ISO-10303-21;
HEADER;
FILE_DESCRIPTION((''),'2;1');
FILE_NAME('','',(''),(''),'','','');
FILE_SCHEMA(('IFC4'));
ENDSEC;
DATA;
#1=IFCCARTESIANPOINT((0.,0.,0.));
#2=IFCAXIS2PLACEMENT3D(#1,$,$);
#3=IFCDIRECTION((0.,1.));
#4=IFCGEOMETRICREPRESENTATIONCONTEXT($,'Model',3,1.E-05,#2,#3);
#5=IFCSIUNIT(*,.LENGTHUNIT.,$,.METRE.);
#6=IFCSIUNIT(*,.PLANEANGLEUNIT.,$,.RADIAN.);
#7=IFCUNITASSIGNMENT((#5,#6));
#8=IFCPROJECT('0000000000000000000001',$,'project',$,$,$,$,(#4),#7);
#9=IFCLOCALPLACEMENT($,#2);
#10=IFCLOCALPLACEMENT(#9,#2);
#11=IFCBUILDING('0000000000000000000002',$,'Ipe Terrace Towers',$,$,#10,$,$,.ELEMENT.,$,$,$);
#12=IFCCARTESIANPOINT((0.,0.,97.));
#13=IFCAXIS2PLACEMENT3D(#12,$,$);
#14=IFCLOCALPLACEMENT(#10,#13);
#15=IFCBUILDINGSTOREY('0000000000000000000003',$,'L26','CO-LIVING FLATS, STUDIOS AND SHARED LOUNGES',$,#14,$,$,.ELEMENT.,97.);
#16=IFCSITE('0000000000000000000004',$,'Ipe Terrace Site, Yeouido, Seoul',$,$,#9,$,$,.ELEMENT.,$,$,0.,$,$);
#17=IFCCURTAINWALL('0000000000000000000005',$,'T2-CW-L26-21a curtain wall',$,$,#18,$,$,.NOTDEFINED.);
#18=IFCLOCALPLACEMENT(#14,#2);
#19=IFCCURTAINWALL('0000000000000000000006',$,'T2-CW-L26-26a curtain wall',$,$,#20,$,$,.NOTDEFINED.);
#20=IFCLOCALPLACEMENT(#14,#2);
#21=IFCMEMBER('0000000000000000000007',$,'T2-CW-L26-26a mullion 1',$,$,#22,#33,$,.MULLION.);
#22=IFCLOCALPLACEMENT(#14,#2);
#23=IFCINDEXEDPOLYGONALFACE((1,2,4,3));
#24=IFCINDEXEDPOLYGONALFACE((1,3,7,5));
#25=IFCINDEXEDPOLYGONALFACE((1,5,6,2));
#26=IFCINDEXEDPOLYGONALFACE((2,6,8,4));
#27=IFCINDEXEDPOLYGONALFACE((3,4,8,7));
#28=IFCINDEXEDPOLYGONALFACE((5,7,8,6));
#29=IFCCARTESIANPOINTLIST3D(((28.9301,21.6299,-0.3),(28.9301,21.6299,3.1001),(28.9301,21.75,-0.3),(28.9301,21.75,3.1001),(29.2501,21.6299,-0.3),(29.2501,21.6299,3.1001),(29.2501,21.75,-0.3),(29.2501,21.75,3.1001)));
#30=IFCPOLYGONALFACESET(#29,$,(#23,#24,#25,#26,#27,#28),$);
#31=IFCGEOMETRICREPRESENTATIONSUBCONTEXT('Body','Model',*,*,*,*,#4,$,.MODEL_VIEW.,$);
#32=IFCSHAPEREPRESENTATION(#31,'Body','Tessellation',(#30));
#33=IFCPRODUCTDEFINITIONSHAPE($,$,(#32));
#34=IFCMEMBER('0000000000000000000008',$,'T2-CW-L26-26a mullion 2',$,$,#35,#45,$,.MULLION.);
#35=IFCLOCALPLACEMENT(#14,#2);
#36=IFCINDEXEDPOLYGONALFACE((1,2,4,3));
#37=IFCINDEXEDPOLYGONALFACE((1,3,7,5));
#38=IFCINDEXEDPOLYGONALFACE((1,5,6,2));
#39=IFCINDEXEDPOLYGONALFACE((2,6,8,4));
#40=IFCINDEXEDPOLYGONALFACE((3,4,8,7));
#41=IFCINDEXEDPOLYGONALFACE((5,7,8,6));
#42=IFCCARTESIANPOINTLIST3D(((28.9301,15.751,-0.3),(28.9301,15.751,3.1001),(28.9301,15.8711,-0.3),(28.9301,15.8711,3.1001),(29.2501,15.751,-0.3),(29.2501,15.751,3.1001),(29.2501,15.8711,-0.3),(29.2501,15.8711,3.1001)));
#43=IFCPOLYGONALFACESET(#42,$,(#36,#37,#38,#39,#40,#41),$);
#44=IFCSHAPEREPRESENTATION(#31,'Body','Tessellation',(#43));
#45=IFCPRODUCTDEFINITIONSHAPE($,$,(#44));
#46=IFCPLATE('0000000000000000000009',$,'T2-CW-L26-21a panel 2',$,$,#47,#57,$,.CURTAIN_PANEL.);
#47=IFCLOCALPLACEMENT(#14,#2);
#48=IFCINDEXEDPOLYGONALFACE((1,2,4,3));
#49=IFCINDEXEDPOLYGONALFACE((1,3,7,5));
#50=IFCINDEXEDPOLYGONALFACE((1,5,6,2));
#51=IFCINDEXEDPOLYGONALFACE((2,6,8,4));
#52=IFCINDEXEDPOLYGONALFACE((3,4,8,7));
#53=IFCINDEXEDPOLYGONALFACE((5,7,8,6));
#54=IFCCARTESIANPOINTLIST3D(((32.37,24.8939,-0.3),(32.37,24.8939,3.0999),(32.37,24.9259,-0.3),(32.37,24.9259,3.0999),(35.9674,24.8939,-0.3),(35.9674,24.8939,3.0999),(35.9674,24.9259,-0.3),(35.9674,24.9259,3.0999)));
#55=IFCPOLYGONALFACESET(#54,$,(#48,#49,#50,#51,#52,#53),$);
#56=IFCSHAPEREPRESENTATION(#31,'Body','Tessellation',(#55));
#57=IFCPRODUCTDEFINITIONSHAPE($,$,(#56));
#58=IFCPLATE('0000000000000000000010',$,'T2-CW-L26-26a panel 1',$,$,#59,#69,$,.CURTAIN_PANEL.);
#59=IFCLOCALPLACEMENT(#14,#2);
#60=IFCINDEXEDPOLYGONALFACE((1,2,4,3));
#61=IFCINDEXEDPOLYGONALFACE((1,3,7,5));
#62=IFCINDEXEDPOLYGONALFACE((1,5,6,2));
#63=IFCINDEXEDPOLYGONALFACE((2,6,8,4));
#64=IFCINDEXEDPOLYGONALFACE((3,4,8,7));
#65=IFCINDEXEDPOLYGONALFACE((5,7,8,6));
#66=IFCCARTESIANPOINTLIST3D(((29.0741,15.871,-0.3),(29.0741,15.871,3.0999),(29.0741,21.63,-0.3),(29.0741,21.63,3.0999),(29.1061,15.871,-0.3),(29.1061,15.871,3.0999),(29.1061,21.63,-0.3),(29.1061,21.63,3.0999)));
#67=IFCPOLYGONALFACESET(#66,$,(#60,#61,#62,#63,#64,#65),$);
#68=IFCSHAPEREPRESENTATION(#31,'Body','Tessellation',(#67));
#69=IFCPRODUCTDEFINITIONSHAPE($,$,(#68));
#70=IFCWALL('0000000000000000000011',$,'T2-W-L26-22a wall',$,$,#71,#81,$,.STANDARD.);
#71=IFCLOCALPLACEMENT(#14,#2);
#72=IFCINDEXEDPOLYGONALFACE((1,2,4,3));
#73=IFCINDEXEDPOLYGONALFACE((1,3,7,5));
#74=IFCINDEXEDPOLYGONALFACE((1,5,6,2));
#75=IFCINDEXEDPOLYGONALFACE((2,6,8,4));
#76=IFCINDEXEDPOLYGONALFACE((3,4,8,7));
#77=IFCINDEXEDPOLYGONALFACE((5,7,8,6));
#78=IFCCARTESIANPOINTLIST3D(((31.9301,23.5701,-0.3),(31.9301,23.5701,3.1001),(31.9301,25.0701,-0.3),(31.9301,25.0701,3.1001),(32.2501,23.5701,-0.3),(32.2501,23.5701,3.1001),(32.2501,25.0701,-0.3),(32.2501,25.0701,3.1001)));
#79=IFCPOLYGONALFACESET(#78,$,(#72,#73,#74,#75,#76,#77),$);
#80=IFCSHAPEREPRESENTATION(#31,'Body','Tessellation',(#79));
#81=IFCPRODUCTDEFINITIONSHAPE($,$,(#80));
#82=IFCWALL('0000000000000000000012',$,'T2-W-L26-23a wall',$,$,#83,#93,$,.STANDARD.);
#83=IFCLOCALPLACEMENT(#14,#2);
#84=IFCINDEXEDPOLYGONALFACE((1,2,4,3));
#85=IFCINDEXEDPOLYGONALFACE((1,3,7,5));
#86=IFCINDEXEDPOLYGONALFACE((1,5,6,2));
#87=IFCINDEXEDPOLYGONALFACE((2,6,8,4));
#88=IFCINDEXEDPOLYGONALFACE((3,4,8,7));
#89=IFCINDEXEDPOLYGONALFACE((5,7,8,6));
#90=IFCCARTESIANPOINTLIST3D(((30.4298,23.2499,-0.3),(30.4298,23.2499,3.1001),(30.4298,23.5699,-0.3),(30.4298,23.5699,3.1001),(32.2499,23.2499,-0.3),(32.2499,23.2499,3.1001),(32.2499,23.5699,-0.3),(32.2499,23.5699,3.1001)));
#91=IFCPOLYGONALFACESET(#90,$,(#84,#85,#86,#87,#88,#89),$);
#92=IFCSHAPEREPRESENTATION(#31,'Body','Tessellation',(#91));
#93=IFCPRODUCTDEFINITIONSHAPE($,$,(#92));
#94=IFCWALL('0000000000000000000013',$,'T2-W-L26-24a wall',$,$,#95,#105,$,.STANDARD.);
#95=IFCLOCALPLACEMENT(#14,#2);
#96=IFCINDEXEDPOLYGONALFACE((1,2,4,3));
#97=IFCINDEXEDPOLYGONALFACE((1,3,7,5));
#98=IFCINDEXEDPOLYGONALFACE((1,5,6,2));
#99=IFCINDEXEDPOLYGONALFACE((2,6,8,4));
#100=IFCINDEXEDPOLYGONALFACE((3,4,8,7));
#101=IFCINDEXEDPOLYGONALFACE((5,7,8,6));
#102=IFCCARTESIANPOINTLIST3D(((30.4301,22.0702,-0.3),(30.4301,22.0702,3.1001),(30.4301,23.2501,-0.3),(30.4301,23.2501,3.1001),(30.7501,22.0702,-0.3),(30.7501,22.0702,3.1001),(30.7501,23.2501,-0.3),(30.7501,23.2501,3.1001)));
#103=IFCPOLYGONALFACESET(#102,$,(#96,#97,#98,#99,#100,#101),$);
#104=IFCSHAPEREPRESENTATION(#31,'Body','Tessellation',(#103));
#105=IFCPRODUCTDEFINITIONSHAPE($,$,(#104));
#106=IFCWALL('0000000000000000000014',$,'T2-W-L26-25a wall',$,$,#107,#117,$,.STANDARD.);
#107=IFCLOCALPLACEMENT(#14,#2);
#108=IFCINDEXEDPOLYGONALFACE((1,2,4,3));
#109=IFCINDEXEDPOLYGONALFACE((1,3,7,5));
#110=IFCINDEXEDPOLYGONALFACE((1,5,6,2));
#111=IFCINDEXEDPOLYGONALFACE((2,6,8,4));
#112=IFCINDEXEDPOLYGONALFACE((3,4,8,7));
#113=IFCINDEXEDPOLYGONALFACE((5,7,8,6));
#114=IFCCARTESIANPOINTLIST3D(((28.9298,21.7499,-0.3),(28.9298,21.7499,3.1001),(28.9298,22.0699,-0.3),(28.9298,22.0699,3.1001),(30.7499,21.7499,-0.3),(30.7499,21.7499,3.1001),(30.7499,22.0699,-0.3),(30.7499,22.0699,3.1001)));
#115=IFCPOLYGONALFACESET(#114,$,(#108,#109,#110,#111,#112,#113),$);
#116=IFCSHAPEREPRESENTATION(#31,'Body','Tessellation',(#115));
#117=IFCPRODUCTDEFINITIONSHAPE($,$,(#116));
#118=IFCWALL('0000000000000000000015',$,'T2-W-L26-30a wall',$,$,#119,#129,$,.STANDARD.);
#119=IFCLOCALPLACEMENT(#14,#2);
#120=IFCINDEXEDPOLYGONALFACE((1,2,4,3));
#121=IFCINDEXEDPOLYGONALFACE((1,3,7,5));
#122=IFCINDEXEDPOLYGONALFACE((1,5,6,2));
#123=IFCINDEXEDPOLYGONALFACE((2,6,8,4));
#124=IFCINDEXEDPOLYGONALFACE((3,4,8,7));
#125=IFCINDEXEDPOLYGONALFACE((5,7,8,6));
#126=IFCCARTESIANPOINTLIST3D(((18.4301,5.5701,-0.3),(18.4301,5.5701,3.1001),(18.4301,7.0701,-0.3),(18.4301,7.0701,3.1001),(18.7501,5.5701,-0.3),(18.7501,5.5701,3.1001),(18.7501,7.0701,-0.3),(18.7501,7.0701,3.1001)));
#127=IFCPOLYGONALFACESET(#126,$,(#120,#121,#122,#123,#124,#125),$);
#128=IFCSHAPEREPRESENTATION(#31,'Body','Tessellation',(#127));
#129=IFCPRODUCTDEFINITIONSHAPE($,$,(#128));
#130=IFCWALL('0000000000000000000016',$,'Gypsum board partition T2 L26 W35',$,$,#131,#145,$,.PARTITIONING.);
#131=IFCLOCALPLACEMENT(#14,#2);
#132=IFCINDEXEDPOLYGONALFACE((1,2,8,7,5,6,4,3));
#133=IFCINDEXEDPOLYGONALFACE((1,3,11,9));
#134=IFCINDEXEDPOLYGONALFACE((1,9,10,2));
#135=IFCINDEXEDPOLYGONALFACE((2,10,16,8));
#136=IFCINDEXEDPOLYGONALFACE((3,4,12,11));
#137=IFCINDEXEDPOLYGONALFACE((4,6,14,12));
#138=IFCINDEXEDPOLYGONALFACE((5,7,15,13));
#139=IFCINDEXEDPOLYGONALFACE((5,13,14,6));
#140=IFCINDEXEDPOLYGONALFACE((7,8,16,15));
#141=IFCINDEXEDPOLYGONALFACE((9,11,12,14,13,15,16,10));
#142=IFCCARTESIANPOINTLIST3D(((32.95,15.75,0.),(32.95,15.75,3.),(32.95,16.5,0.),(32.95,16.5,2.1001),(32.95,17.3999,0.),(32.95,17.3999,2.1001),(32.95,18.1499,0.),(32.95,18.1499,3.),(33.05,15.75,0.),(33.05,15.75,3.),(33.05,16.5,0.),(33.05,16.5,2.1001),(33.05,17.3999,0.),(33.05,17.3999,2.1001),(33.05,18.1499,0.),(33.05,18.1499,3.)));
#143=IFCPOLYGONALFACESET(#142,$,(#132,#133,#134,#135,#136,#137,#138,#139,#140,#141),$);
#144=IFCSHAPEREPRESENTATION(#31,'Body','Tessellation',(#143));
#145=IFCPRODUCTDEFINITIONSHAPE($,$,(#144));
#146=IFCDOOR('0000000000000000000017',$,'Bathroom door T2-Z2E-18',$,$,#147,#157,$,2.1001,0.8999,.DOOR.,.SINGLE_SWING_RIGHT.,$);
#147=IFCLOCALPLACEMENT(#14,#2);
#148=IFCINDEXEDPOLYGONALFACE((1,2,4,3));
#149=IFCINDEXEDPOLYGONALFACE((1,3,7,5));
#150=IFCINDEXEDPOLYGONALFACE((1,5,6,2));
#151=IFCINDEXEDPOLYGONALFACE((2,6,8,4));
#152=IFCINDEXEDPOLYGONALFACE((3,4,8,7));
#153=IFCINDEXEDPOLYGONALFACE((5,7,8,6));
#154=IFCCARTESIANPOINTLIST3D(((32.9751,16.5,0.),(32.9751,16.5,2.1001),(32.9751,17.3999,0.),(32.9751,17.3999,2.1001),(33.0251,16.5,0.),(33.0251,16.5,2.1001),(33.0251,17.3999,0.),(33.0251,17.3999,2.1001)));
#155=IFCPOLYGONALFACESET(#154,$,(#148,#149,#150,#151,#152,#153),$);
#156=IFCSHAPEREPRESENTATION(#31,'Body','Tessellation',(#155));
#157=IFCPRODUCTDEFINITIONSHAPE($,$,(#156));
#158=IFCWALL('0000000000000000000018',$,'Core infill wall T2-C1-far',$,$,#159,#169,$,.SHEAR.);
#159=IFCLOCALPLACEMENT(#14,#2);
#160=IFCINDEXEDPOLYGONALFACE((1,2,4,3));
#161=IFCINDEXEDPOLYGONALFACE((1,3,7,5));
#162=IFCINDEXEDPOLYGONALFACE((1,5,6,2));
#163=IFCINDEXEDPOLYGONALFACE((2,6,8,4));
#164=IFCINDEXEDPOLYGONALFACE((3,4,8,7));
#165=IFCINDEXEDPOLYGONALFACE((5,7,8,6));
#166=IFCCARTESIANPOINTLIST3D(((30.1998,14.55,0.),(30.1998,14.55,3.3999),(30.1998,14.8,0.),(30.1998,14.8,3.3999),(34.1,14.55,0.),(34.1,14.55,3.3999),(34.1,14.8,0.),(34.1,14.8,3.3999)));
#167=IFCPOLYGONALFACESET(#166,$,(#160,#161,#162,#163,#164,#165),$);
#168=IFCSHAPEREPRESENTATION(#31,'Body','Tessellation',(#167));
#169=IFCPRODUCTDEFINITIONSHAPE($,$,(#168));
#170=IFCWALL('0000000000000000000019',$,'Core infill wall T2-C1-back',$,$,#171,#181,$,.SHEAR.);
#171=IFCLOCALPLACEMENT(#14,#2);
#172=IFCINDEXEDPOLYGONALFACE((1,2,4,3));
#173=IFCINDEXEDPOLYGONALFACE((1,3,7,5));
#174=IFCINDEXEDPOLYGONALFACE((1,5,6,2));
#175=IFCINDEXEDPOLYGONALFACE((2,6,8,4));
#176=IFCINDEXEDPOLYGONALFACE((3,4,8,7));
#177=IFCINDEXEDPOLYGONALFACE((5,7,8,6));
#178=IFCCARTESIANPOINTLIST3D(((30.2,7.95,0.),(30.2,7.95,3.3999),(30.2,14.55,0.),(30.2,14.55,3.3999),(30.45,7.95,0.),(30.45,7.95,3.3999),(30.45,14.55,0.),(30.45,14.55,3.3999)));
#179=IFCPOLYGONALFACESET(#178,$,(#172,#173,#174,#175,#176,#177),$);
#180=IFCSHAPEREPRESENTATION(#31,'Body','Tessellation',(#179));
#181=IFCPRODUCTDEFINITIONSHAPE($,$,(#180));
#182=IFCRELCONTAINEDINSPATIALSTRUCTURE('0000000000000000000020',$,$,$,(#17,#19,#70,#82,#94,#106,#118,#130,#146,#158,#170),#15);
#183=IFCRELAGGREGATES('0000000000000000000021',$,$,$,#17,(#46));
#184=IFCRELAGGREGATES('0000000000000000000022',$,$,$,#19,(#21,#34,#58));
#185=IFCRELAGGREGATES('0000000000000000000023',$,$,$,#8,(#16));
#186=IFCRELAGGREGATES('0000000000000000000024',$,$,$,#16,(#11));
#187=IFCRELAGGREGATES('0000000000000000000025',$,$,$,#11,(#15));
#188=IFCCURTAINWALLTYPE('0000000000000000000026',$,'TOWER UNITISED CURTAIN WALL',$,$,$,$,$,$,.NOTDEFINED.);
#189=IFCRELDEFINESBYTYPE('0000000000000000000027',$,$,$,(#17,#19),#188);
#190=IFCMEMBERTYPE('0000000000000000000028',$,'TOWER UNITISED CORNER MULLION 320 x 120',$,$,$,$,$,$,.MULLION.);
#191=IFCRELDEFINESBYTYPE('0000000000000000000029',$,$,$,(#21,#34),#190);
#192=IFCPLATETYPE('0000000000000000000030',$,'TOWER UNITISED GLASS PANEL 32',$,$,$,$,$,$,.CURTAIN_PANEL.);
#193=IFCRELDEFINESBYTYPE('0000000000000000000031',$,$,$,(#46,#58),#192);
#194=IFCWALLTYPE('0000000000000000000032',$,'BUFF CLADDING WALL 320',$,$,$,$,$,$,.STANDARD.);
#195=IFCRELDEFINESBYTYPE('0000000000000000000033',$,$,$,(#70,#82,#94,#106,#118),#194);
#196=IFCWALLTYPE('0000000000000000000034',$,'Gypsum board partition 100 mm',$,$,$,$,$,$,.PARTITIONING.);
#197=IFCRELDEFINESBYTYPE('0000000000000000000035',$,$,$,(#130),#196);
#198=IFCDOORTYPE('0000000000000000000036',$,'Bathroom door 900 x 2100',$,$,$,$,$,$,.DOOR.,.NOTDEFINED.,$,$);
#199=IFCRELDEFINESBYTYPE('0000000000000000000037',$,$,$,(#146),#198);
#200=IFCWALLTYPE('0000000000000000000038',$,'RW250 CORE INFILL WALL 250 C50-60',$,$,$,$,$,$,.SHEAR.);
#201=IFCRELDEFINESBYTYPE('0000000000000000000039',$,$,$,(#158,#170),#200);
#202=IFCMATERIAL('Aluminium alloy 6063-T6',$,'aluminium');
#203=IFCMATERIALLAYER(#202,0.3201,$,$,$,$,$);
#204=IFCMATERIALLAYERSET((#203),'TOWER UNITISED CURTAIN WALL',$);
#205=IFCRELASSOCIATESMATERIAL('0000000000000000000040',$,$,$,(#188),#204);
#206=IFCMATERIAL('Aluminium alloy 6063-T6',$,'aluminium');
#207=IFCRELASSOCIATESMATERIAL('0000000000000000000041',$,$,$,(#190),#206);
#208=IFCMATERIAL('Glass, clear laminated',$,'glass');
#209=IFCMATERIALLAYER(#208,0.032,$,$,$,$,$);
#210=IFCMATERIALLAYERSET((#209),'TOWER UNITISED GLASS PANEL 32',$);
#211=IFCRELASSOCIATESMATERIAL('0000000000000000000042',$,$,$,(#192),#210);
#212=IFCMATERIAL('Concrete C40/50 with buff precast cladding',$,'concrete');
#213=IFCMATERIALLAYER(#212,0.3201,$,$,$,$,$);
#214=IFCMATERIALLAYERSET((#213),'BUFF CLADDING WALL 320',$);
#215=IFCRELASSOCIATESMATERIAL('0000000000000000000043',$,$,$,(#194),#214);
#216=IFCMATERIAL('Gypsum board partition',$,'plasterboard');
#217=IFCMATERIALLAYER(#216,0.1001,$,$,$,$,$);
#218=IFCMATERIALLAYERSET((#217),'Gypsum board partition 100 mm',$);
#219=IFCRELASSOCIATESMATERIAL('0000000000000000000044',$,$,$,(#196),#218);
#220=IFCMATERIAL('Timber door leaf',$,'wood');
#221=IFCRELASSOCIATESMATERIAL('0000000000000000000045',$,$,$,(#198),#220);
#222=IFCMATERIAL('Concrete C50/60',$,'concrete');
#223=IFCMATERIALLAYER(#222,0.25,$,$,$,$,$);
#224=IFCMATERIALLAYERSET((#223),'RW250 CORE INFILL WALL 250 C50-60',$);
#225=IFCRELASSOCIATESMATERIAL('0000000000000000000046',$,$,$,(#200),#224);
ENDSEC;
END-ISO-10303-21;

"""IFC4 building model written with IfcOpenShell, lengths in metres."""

from ifc_helpers import new_model, si_unit, direction, frame, frame_2d, origin, origin_2d, place, context, subcontext, project, spatial, rectangle, extrude, material, layer, layer_set, material_profile, profile_set, type_object, element, fill, aggregate, save


model = new_model("IFC4")

# Units and contexts
model_context = context("Model", 3, precision=1e-05, world=origin(), true_north=direction((0.0, 1.0)))
body_context = subcontext(model_context, "Body", "Model", "MODEL_VIEW")
ifc_project = project(units=[si_unit("LENGTHUNIT", "METRE"), si_unit("PLANEANGLEUNIT", "RADIAN")], contexts=[model_context])

# Site, building, storey
site_placement = place(None, origin())
site = spatial("IfcSite", under=ifc_project, at=site_placement, Name="Ipe Terrace Site, Yeouido, Seoul", CompositionType="ELEMENT", RefElevation=0.0)
building_placement = place(site_placement, origin())
building = spatial("IfcBuilding", under=site, at=building_placement, Name="Ipe Terrace Towers", CompositionType="ELEMENT")
storey_placement = place(building_placement, frame((0.0, 0.0, 97.0)))
storey = spatial("IfcBuildingStorey", under=building, at=storey_placement, Name="L26", Description="CO-LIVING FLATS, STUDIOS AND SHARED LOUNGES", CompositionType="ELEMENT", Elevation=97.0)

# Curtain wall
ifc_material_1 = material(Name="Aluminium alloy 6063-T6", Category="aluminium")
ifc_layer_1 = layer(ifc_material_1, 0.3201)
ifc_layer_set_1 = layer_set([ifc_layer_1], Name="TOWER UNITISED CURTAIN WALL")
curtain_wall_type = type_object("IfcCurtainWallType", Name="TOWER UNITISED CURTAIN WALL", PredefinedType="NOTDEFINED", material=ifc_layer_set_1)
curtain_wall_1_placement = place(storey_placement, origin())
curtain_wall_1 = element("IfcCurtainWall", 1, at=curtain_wall_1_placement, inside=storey, type_object=curtain_wall_type, Name="T2-CW-L26-21a curtain wall", PredefinedType="NOTDEFINED")
ifc_material_2 = material(Name="Aluminium alloy 6063-T6", Category="aluminium")
ifc_material_profile_1 = material_profile(ifc_material_2, rectangle(XDim=0.3201, YDim=0.1201, at=origin_2d()), Name="TOWER UNITISED CORNER MULLION 320 x 120")
ifc_profile_set_1 = profile_set([ifc_material_profile_1], Name="Aluminium alloy 6063-T6")
member_type = type_object("IfcMemberType", Name="TOWER UNITISED CORNER MULLION 320 x 120", PredefinedType="MULLION", material=ifc_profile_set_1)

# Curtain wall, members
curtain_wall_2_placement = place(storey_placement, origin())
curtain_wall_2 = element("IfcCurtainWall", 2, at=curtain_wall_2_placement, inside=storey, type_object=curtain_wall_type, Name="T2-CW-L26-26a curtain wall", PredefinedType="NOTDEFINED")
member_1_placement = place(storey_placement, frame((29.0901, 21.6899, -0.3), z_axis=(0.0, 0.0, 1.0), x_axis=(-1.0, 0.0, 0.0)))
member_1 = element("IfcMember", 3, at=member_1_placement, type_object=member_type, Name="T2-CW-L26-26a mullion 1", PredefinedType="MULLION", context=body_context, shape_type="SweptSolid", body=[
    extrude(rectangle(XDim=0.3201, YDim=0.1201, at=origin_2d()), origin(), (0.0, 0.0, 1.0), 3.4001),
])
member_2_placement = place(storey_placement, frame((29.0901, 15.811, -0.3), z_axis=(0.0, 0.0, 1.0), x_axis=(-1.0, 0.0, 0.0)))
member_2 = element("IfcMember", 4, at=member_2_placement, type_object=member_type, Name="T2-CW-L26-26a mullion 2", PredefinedType="MULLION", context=body_context, shape_type="SweptSolid", body=[
    extrude(rectangle(XDim=0.3201, YDim=0.1201, at=origin_2d()), origin(), (0.0, 0.0, 1.0), 3.4001),
])

# Plates
ifc_material_3 = material(Name="Glass, clear laminated", Category="glass")
ifc_layer_2 = layer(ifc_material_3, 0.032)
ifc_layer_set_2 = layer_set([ifc_layer_2], Name="TOWER UNITISED GLASS PANEL 32")
plate_type = type_object("IfcPlateType", Name="TOWER UNITISED GLASS PANEL 32", PredefinedType="CURTAIN_PANEL", material=ifc_layer_set_2)
plate_1_placement = place(storey_placement, frame((34.1687, 24.9099, -0.3), z_axis=(0.0, 0.0, 1.0), x_axis=(-1.0, 0.0, 0.0)))
plate_1 = element("IfcPlate", 5, at=plate_1_placement, type_object=plate_type, Name="T2-CW-L26-21a panel 2", PredefinedType="CURTAIN_PANEL", context=body_context, shape_type="SweptSolid", body=[
    extrude(rectangle(XDim=3.5974, YDim=0.032, at=origin_2d()), origin(), (0.0, 0.0, 1.0), 3.3999),
])
aggregate(curtain_wall_1, [plate_1])
plate_2_placement = place(storey_placement, frame((29.0901, 18.7505, -0.3), z_axis=(0.0, 0.0, 1.0), x_axis=(0.0, -1.0, 0.0)))
plate_2 = element("IfcPlate", 6, at=plate_2_placement, type_object=plate_type, Name="T2-CW-L26-26a panel 1", PredefinedType="CURTAIN_PANEL", context=body_context, shape_type="SweptSolid", body=[
    extrude(rectangle(XDim=5.759, YDim=0.032, at=origin_2d()), origin(), (0.0, 0.0, 1.0), 3.3999),
])
aggregate(curtain_wall_2, [member_1, member_2, plate_2])

# Walls
ifc_material_4 = material(Name="Concrete C40/50 with buff precast cladding", Category="concrete")
ifc_layer_3 = layer(ifc_material_4, 0.3201)
ifc_layer_set_3 = layer_set([ifc_layer_3], Name="BUFF CLADDING WALL 320")
wall_type_1 = type_object("IfcWallType", Name="BUFF CLADDING WALL 320", PredefinedType="STANDARD", material=ifc_layer_set_3)
wall_1_placement = place(storey_placement, frame((32.0901, 25.0701, -0.3), z_axis=(0.0, 0.0, 1.0), x_axis=(0.0, -1.0, 0.0)))
element("IfcWall", 7, at=wall_1_placement, inside=storey, type_object=wall_type_1, Name="T2-W-L26-22a wall", PredefinedType="STANDARD", context=body_context, shape_type="SweptSolid", body=[
    extrude(rectangle(XDim=1.5, YDim=0.3201, at=frame_2d((0.75, 0.0))), origin(), (0.0, 0.0, 1.0), 3.4001),
])
wall_2_placement = place(storey_placement, frame((32.25, 23.4099, -0.3), z_axis=(0.0, 0.0, 1.0), x_axis=(-1.0, 0.0, 0.0)))
element("IfcWall", 8, at=wall_2_placement, inside=storey, type_object=wall_type_1, Name="T2-W-L26-23a wall", PredefinedType="STANDARD", context=body_context, shape_type="SweptSolid", body=[
    extrude(rectangle(XDim=1.8201, YDim=0.3201, at=frame_2d((0.9102, 0.0))), origin(), (0.0, 0.0, 1.0), 3.4001),
])
wall_3_placement = place(storey_placement, frame((30.5901, 23.25, -0.3), z_axis=(0.0, 0.0, 1.0), x_axis=(0.0, -1.0, 0.0)))
element("IfcWall", 9, at=wall_3_placement, inside=storey, type_object=wall_type_1, Name="T2-W-L26-24a wall", PredefinedType="STANDARD", context=body_context, shape_type="SweptSolid", body=[
    extrude(rectangle(XDim=1.1799, YDim=0.3201, at=frame_2d((0.5898, 0.0))), origin(), (0.0, 0.0, 1.0), 3.4001),
])
wall_4_placement = place(storey_placement, frame((30.75, 21.9099, -0.3), z_axis=(0.0, 0.0, 1.0), x_axis=(-1.0, 0.0, 0.0)))
element("IfcWall", 10, at=wall_4_placement, inside=storey, type_object=wall_type_1, Name="T2-W-L26-25a wall", PredefinedType="STANDARD", context=body_context, shape_type="SweptSolid", body=[
    extrude(rectangle(XDim=1.8201, YDim=0.3201, at=frame_2d((0.9102, 0.0))), origin(), (0.0, 0.0, 1.0), 3.4001),
])
wall_5_placement = place(storey_placement, frame((18.5901, 7.0701, -0.3), z_axis=(0.0, 0.0, 1.0), x_axis=(0.0, -1.0, 0.0)))
element("IfcWall", 11, at=wall_5_placement, inside=storey, type_object=wall_type_1, Name="T2-W-L26-30a wall", PredefinedType="STANDARD", context=body_context, shape_type="SweptSolid", body=[
    extrude(rectangle(XDim=1.5, YDim=0.3201, at=frame_2d((0.75, 0.0))), origin(), (0.0, 0.0, 1.0), 3.4001),
])

# Wall, opening, door
ifc_material_5 = material(Name="Gypsum board partition", Category="plasterboard")
ifc_layer_4 = layer(ifc_material_5, 0.1001)
ifc_layer_set_4 = layer_set([ifc_layer_4], Name="Gypsum board partition 100 mm")
wall_type_2 = type_object("IfcWallType", Name="Gypsum board partition 100 mm", PredefinedType="PARTITIONING", material=ifc_layer_set_4)
wall_6_placement = place(storey_placement, frame((33.0, 15.75, 0.0), z_axis=(0.0, 0.0, 1.0), x_axis=(0.0, 1.0, 0.0)))
wall_6 = element("IfcWall", 12, at=wall_6_placement, inside=storey, type_object=wall_type_2, Name="Gypsum board partition T2 L26 W35", PredefinedType="PARTITIONING", context=body_context, shape_type="SweptSolid", body=[
    extrude(rectangle(XDim=2.3999, YDim=0.1001, at=frame_2d((1.2, 0.0))), origin(), (0.0, 0.0, 1.0), 3.0),
])
opening_1_placement = place(wall_6_placement, frame((0.75, 0.0, 0.0)))
opening_1 = element("IfcOpeningElement", 13, at=opening_1_placement, cuts=wall_6, PredefinedType="OPENING", context=body_context, shape_type="SweptSolid", body=[
    extrude(rectangle(XDim=0.8999, YDim=2.1001, at=frame_2d((0.45, 1.05))), frame((0.0, 0.0601, 0.0), z_axis=(0.0, -1.0, 0.0), x_axis=(1.0, 0.0, 0.0)), (0.0, 0.0, 1.0), 0.1201),
])
ifc_material_6 = material(Name="Timber door leaf", Category="wood")
door_type_1 = type_object("IfcDoorType", Name="Bathroom door 900 x 2100", OperationType="NOTDEFINED", PredefinedType="DOOR", material=ifc_material_6)
door_1_placement = place(opening_1_placement, origin())
door_1 = element("IfcDoor", 14, at=door_1_placement, inside=storey, type_object=door_type_1, Name="Bathroom door T2-Z2E-18", OperationType="SINGLE_SWING_RIGHT", OverallHeight=2.1001, OverallWidth=0.8999, PredefinedType="DOOR", context=body_context, shape_type="SweptSolid", body=[
    extrude(rectangle(XDim=0.8999, YDim=2.1001, at=frame_2d((0.45, 1.05))), frame((0.0, 0.0249, 0.0), z_axis=(0.0, -1.0, 0.0), x_axis=(1.0, 0.0, 0.0)), (0.0, 0.0, 1.0), 0.05),
])
fill(opening_1, door_1)

# Walls
ifc_material_7 = material(Name="Concrete C50/60", Category="concrete")
ifc_layer_5 = layer(ifc_material_7, 0.25)
ifc_layer_set_5 = layer_set([ifc_layer_5], Name="RW250 CORE INFILL WALL 250 C50-60")
wall_type_3 = type_object("IfcWallType", Name="RW250 CORE INFILL WALL 250 C50-60", PredefinedType="SHEAR", material=ifc_layer_set_5)
wall_7_placement = place(storey_placement, frame((34.1001, 14.675, 0.0), z_axis=(0.0, 0.0, 1.0), x_axis=(-1.0, 0.0, 0.0)))
element("IfcWall", 15, at=wall_7_placement, inside=storey, type_object=wall_type_3, Name="Core infill wall T2-C1-far", PredefinedType="SHEAR", context=body_context, shape_type="SweptSolid", body=[
    extrude(rectangle(XDim=3.9001, YDim=0.25, at=frame_2d((1.9502, 0.0))), origin(), (0.0, 0.0, 1.0), 3.3999),
])
wall_8_placement = place(storey_placement, frame((30.325, 7.95, 0.0), z_axis=(0.0, 0.0, 1.0), x_axis=(0.0, 1.0, 0.0)))
element("IfcWall", 16, at=wall_8_placement, inside=storey, type_object=wall_type_3, Name="Core infill wall T2-C1-back", PredefinedType="SHEAR", context=body_context, shape_type="SweptSolid", body=[
    extrude(rectangle(XDim=6.6001, YDim=0.25, at=frame_2d((3.3, 0.0))), origin(), (0.0, 0.0, 1.0), 3.3999),
])

save(model, "model.ifc")
